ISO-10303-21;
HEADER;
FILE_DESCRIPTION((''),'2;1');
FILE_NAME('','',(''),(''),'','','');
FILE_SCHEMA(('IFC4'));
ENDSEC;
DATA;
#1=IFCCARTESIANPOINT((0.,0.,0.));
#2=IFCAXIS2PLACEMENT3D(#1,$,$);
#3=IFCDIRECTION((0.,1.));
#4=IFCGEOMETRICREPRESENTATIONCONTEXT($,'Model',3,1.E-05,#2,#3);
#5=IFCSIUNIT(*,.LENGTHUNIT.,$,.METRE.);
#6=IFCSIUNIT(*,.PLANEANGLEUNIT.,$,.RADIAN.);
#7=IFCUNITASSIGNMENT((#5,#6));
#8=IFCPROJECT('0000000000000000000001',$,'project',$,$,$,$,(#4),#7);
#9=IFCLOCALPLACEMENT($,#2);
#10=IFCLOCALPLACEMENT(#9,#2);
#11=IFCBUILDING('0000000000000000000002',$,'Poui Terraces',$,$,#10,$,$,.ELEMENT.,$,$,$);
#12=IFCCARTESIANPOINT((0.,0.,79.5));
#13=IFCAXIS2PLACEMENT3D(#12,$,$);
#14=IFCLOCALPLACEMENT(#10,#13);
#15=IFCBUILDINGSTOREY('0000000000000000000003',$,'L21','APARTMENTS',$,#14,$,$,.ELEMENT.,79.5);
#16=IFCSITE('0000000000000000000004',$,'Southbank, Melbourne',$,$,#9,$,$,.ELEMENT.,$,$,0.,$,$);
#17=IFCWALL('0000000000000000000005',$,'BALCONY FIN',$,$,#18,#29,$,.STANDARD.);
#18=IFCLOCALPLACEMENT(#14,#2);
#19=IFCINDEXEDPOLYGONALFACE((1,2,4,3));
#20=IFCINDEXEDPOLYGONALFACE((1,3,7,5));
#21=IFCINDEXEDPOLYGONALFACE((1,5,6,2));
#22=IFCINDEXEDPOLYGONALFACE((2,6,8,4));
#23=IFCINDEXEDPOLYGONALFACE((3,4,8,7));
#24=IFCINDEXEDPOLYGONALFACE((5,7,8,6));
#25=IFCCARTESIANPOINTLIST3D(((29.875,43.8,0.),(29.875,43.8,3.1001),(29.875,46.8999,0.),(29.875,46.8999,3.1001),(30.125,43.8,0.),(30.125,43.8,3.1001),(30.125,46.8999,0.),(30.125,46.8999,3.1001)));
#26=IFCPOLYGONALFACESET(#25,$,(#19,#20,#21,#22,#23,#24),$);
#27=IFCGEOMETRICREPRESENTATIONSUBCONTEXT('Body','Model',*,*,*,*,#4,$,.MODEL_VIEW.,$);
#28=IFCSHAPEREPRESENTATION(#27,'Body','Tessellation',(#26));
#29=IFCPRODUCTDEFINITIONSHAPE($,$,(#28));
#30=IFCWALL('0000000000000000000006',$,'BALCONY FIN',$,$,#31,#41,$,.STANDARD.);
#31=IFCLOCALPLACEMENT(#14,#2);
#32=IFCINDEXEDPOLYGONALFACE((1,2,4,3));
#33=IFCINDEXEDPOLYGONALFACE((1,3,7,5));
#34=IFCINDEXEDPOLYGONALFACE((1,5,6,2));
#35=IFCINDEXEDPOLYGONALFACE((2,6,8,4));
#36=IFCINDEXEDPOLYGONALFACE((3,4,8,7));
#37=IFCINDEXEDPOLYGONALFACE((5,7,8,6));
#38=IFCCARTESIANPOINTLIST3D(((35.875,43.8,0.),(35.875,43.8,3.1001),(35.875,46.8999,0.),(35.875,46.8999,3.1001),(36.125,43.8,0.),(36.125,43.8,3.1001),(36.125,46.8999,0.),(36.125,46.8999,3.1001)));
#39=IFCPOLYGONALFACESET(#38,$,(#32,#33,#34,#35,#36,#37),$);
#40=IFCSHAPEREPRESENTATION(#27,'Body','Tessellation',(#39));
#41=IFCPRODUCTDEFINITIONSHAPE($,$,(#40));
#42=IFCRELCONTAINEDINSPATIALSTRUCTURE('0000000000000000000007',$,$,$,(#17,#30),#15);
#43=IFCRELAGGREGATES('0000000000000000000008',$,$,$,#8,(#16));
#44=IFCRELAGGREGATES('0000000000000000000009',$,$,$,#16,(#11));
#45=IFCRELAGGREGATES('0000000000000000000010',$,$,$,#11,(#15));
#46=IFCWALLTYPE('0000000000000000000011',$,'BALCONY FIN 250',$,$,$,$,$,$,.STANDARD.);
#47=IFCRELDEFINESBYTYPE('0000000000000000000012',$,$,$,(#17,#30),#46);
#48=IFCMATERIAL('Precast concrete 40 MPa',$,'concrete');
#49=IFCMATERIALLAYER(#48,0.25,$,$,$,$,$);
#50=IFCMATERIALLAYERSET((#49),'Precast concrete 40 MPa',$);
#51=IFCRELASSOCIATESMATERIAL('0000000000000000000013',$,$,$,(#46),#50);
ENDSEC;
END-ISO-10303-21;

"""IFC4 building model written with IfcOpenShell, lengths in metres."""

from ifc_helpers import new_model, si_unit, direction, frame, origin, place, context, subcontext, project, spatial, polyline, outline, extrude, source, transform, mapped, material, layer, layer_set, type_object, element, save


model = new_model("IFC4")

# Units and contexts
model_context = context("Model", 3, precision=1e-05, world=origin(), true_north=direction((0.0, 1.0)))
body_context = subcontext(model_context, "Body", "Model", "MODEL_VIEW")
ifc_project = project(units=[si_unit("LENGTHUNIT", "METRE"), si_unit("PLANEANGLEUNIT", "RADIAN")], contexts=[model_context])

# Site, building, storey
site_placement = place(None, origin())
site = spatial("IfcSite", under=ifc_project, at=site_placement, Name="Southbank, Melbourne", CompositionType="ELEMENT", RefElevation=0.0)
building_placement = place(site_placement, origin())
building = spatial("IfcBuilding", under=site, at=building_placement, Name="Poui Terraces", CompositionType="ELEMENT")
storey_placement = place(building_placement, frame((0.0, 0.0, 79.5)))
storey = spatial("IfcBuildingStorey", under=building, at=storey_placement, Name="L21", Description="APARTMENTS", CompositionType="ELEMENT", Elevation=79.5)

# Walls
ifc_material_1 = material(Name="Precast concrete 40 MPa", Category="concrete")
ifc_layer_1 = layer(ifc_material_1, 0.25)
ifc_layer_set_1 = layer_set([ifc_layer_1], Name="Precast concrete 40 MPa")
wall_type_1 = type_object("IfcWallType", Name="BALCONY FIN 250", PredefinedType="STANDARD", material=ifc_layer_set_1)
shared_shape_1 = source(origin(), body_context, "Body", "SweptSolid", [
    extrude(outline(polyline([(0.0, 0.0), (0.25, 0.0), (0.25, 3.0999), (0.0, 3.0999), (0.0, 0.0)])), origin(), (0.0, 0.0, 1.0), 3.1001),
])
for number, where, name in (
    (1, (29.875, 43.8, 0.0), "BALCONY FIN"),
    (2, (35.875, 43.8, 0.0), "BALCONY FIN"),
):
    element("IfcWall", number, at=place(storey_placement, frame(where)), inside=storey, type_object=wall_type_1, Name=name, PredefinedType="STANDARD", context=body_context, shape_type="MappedRepresentation", body=[
        mapped(shared_shape_1, transform((0.0, 0.0, 0.0))),
    ])

save(model, "model.ifc")
